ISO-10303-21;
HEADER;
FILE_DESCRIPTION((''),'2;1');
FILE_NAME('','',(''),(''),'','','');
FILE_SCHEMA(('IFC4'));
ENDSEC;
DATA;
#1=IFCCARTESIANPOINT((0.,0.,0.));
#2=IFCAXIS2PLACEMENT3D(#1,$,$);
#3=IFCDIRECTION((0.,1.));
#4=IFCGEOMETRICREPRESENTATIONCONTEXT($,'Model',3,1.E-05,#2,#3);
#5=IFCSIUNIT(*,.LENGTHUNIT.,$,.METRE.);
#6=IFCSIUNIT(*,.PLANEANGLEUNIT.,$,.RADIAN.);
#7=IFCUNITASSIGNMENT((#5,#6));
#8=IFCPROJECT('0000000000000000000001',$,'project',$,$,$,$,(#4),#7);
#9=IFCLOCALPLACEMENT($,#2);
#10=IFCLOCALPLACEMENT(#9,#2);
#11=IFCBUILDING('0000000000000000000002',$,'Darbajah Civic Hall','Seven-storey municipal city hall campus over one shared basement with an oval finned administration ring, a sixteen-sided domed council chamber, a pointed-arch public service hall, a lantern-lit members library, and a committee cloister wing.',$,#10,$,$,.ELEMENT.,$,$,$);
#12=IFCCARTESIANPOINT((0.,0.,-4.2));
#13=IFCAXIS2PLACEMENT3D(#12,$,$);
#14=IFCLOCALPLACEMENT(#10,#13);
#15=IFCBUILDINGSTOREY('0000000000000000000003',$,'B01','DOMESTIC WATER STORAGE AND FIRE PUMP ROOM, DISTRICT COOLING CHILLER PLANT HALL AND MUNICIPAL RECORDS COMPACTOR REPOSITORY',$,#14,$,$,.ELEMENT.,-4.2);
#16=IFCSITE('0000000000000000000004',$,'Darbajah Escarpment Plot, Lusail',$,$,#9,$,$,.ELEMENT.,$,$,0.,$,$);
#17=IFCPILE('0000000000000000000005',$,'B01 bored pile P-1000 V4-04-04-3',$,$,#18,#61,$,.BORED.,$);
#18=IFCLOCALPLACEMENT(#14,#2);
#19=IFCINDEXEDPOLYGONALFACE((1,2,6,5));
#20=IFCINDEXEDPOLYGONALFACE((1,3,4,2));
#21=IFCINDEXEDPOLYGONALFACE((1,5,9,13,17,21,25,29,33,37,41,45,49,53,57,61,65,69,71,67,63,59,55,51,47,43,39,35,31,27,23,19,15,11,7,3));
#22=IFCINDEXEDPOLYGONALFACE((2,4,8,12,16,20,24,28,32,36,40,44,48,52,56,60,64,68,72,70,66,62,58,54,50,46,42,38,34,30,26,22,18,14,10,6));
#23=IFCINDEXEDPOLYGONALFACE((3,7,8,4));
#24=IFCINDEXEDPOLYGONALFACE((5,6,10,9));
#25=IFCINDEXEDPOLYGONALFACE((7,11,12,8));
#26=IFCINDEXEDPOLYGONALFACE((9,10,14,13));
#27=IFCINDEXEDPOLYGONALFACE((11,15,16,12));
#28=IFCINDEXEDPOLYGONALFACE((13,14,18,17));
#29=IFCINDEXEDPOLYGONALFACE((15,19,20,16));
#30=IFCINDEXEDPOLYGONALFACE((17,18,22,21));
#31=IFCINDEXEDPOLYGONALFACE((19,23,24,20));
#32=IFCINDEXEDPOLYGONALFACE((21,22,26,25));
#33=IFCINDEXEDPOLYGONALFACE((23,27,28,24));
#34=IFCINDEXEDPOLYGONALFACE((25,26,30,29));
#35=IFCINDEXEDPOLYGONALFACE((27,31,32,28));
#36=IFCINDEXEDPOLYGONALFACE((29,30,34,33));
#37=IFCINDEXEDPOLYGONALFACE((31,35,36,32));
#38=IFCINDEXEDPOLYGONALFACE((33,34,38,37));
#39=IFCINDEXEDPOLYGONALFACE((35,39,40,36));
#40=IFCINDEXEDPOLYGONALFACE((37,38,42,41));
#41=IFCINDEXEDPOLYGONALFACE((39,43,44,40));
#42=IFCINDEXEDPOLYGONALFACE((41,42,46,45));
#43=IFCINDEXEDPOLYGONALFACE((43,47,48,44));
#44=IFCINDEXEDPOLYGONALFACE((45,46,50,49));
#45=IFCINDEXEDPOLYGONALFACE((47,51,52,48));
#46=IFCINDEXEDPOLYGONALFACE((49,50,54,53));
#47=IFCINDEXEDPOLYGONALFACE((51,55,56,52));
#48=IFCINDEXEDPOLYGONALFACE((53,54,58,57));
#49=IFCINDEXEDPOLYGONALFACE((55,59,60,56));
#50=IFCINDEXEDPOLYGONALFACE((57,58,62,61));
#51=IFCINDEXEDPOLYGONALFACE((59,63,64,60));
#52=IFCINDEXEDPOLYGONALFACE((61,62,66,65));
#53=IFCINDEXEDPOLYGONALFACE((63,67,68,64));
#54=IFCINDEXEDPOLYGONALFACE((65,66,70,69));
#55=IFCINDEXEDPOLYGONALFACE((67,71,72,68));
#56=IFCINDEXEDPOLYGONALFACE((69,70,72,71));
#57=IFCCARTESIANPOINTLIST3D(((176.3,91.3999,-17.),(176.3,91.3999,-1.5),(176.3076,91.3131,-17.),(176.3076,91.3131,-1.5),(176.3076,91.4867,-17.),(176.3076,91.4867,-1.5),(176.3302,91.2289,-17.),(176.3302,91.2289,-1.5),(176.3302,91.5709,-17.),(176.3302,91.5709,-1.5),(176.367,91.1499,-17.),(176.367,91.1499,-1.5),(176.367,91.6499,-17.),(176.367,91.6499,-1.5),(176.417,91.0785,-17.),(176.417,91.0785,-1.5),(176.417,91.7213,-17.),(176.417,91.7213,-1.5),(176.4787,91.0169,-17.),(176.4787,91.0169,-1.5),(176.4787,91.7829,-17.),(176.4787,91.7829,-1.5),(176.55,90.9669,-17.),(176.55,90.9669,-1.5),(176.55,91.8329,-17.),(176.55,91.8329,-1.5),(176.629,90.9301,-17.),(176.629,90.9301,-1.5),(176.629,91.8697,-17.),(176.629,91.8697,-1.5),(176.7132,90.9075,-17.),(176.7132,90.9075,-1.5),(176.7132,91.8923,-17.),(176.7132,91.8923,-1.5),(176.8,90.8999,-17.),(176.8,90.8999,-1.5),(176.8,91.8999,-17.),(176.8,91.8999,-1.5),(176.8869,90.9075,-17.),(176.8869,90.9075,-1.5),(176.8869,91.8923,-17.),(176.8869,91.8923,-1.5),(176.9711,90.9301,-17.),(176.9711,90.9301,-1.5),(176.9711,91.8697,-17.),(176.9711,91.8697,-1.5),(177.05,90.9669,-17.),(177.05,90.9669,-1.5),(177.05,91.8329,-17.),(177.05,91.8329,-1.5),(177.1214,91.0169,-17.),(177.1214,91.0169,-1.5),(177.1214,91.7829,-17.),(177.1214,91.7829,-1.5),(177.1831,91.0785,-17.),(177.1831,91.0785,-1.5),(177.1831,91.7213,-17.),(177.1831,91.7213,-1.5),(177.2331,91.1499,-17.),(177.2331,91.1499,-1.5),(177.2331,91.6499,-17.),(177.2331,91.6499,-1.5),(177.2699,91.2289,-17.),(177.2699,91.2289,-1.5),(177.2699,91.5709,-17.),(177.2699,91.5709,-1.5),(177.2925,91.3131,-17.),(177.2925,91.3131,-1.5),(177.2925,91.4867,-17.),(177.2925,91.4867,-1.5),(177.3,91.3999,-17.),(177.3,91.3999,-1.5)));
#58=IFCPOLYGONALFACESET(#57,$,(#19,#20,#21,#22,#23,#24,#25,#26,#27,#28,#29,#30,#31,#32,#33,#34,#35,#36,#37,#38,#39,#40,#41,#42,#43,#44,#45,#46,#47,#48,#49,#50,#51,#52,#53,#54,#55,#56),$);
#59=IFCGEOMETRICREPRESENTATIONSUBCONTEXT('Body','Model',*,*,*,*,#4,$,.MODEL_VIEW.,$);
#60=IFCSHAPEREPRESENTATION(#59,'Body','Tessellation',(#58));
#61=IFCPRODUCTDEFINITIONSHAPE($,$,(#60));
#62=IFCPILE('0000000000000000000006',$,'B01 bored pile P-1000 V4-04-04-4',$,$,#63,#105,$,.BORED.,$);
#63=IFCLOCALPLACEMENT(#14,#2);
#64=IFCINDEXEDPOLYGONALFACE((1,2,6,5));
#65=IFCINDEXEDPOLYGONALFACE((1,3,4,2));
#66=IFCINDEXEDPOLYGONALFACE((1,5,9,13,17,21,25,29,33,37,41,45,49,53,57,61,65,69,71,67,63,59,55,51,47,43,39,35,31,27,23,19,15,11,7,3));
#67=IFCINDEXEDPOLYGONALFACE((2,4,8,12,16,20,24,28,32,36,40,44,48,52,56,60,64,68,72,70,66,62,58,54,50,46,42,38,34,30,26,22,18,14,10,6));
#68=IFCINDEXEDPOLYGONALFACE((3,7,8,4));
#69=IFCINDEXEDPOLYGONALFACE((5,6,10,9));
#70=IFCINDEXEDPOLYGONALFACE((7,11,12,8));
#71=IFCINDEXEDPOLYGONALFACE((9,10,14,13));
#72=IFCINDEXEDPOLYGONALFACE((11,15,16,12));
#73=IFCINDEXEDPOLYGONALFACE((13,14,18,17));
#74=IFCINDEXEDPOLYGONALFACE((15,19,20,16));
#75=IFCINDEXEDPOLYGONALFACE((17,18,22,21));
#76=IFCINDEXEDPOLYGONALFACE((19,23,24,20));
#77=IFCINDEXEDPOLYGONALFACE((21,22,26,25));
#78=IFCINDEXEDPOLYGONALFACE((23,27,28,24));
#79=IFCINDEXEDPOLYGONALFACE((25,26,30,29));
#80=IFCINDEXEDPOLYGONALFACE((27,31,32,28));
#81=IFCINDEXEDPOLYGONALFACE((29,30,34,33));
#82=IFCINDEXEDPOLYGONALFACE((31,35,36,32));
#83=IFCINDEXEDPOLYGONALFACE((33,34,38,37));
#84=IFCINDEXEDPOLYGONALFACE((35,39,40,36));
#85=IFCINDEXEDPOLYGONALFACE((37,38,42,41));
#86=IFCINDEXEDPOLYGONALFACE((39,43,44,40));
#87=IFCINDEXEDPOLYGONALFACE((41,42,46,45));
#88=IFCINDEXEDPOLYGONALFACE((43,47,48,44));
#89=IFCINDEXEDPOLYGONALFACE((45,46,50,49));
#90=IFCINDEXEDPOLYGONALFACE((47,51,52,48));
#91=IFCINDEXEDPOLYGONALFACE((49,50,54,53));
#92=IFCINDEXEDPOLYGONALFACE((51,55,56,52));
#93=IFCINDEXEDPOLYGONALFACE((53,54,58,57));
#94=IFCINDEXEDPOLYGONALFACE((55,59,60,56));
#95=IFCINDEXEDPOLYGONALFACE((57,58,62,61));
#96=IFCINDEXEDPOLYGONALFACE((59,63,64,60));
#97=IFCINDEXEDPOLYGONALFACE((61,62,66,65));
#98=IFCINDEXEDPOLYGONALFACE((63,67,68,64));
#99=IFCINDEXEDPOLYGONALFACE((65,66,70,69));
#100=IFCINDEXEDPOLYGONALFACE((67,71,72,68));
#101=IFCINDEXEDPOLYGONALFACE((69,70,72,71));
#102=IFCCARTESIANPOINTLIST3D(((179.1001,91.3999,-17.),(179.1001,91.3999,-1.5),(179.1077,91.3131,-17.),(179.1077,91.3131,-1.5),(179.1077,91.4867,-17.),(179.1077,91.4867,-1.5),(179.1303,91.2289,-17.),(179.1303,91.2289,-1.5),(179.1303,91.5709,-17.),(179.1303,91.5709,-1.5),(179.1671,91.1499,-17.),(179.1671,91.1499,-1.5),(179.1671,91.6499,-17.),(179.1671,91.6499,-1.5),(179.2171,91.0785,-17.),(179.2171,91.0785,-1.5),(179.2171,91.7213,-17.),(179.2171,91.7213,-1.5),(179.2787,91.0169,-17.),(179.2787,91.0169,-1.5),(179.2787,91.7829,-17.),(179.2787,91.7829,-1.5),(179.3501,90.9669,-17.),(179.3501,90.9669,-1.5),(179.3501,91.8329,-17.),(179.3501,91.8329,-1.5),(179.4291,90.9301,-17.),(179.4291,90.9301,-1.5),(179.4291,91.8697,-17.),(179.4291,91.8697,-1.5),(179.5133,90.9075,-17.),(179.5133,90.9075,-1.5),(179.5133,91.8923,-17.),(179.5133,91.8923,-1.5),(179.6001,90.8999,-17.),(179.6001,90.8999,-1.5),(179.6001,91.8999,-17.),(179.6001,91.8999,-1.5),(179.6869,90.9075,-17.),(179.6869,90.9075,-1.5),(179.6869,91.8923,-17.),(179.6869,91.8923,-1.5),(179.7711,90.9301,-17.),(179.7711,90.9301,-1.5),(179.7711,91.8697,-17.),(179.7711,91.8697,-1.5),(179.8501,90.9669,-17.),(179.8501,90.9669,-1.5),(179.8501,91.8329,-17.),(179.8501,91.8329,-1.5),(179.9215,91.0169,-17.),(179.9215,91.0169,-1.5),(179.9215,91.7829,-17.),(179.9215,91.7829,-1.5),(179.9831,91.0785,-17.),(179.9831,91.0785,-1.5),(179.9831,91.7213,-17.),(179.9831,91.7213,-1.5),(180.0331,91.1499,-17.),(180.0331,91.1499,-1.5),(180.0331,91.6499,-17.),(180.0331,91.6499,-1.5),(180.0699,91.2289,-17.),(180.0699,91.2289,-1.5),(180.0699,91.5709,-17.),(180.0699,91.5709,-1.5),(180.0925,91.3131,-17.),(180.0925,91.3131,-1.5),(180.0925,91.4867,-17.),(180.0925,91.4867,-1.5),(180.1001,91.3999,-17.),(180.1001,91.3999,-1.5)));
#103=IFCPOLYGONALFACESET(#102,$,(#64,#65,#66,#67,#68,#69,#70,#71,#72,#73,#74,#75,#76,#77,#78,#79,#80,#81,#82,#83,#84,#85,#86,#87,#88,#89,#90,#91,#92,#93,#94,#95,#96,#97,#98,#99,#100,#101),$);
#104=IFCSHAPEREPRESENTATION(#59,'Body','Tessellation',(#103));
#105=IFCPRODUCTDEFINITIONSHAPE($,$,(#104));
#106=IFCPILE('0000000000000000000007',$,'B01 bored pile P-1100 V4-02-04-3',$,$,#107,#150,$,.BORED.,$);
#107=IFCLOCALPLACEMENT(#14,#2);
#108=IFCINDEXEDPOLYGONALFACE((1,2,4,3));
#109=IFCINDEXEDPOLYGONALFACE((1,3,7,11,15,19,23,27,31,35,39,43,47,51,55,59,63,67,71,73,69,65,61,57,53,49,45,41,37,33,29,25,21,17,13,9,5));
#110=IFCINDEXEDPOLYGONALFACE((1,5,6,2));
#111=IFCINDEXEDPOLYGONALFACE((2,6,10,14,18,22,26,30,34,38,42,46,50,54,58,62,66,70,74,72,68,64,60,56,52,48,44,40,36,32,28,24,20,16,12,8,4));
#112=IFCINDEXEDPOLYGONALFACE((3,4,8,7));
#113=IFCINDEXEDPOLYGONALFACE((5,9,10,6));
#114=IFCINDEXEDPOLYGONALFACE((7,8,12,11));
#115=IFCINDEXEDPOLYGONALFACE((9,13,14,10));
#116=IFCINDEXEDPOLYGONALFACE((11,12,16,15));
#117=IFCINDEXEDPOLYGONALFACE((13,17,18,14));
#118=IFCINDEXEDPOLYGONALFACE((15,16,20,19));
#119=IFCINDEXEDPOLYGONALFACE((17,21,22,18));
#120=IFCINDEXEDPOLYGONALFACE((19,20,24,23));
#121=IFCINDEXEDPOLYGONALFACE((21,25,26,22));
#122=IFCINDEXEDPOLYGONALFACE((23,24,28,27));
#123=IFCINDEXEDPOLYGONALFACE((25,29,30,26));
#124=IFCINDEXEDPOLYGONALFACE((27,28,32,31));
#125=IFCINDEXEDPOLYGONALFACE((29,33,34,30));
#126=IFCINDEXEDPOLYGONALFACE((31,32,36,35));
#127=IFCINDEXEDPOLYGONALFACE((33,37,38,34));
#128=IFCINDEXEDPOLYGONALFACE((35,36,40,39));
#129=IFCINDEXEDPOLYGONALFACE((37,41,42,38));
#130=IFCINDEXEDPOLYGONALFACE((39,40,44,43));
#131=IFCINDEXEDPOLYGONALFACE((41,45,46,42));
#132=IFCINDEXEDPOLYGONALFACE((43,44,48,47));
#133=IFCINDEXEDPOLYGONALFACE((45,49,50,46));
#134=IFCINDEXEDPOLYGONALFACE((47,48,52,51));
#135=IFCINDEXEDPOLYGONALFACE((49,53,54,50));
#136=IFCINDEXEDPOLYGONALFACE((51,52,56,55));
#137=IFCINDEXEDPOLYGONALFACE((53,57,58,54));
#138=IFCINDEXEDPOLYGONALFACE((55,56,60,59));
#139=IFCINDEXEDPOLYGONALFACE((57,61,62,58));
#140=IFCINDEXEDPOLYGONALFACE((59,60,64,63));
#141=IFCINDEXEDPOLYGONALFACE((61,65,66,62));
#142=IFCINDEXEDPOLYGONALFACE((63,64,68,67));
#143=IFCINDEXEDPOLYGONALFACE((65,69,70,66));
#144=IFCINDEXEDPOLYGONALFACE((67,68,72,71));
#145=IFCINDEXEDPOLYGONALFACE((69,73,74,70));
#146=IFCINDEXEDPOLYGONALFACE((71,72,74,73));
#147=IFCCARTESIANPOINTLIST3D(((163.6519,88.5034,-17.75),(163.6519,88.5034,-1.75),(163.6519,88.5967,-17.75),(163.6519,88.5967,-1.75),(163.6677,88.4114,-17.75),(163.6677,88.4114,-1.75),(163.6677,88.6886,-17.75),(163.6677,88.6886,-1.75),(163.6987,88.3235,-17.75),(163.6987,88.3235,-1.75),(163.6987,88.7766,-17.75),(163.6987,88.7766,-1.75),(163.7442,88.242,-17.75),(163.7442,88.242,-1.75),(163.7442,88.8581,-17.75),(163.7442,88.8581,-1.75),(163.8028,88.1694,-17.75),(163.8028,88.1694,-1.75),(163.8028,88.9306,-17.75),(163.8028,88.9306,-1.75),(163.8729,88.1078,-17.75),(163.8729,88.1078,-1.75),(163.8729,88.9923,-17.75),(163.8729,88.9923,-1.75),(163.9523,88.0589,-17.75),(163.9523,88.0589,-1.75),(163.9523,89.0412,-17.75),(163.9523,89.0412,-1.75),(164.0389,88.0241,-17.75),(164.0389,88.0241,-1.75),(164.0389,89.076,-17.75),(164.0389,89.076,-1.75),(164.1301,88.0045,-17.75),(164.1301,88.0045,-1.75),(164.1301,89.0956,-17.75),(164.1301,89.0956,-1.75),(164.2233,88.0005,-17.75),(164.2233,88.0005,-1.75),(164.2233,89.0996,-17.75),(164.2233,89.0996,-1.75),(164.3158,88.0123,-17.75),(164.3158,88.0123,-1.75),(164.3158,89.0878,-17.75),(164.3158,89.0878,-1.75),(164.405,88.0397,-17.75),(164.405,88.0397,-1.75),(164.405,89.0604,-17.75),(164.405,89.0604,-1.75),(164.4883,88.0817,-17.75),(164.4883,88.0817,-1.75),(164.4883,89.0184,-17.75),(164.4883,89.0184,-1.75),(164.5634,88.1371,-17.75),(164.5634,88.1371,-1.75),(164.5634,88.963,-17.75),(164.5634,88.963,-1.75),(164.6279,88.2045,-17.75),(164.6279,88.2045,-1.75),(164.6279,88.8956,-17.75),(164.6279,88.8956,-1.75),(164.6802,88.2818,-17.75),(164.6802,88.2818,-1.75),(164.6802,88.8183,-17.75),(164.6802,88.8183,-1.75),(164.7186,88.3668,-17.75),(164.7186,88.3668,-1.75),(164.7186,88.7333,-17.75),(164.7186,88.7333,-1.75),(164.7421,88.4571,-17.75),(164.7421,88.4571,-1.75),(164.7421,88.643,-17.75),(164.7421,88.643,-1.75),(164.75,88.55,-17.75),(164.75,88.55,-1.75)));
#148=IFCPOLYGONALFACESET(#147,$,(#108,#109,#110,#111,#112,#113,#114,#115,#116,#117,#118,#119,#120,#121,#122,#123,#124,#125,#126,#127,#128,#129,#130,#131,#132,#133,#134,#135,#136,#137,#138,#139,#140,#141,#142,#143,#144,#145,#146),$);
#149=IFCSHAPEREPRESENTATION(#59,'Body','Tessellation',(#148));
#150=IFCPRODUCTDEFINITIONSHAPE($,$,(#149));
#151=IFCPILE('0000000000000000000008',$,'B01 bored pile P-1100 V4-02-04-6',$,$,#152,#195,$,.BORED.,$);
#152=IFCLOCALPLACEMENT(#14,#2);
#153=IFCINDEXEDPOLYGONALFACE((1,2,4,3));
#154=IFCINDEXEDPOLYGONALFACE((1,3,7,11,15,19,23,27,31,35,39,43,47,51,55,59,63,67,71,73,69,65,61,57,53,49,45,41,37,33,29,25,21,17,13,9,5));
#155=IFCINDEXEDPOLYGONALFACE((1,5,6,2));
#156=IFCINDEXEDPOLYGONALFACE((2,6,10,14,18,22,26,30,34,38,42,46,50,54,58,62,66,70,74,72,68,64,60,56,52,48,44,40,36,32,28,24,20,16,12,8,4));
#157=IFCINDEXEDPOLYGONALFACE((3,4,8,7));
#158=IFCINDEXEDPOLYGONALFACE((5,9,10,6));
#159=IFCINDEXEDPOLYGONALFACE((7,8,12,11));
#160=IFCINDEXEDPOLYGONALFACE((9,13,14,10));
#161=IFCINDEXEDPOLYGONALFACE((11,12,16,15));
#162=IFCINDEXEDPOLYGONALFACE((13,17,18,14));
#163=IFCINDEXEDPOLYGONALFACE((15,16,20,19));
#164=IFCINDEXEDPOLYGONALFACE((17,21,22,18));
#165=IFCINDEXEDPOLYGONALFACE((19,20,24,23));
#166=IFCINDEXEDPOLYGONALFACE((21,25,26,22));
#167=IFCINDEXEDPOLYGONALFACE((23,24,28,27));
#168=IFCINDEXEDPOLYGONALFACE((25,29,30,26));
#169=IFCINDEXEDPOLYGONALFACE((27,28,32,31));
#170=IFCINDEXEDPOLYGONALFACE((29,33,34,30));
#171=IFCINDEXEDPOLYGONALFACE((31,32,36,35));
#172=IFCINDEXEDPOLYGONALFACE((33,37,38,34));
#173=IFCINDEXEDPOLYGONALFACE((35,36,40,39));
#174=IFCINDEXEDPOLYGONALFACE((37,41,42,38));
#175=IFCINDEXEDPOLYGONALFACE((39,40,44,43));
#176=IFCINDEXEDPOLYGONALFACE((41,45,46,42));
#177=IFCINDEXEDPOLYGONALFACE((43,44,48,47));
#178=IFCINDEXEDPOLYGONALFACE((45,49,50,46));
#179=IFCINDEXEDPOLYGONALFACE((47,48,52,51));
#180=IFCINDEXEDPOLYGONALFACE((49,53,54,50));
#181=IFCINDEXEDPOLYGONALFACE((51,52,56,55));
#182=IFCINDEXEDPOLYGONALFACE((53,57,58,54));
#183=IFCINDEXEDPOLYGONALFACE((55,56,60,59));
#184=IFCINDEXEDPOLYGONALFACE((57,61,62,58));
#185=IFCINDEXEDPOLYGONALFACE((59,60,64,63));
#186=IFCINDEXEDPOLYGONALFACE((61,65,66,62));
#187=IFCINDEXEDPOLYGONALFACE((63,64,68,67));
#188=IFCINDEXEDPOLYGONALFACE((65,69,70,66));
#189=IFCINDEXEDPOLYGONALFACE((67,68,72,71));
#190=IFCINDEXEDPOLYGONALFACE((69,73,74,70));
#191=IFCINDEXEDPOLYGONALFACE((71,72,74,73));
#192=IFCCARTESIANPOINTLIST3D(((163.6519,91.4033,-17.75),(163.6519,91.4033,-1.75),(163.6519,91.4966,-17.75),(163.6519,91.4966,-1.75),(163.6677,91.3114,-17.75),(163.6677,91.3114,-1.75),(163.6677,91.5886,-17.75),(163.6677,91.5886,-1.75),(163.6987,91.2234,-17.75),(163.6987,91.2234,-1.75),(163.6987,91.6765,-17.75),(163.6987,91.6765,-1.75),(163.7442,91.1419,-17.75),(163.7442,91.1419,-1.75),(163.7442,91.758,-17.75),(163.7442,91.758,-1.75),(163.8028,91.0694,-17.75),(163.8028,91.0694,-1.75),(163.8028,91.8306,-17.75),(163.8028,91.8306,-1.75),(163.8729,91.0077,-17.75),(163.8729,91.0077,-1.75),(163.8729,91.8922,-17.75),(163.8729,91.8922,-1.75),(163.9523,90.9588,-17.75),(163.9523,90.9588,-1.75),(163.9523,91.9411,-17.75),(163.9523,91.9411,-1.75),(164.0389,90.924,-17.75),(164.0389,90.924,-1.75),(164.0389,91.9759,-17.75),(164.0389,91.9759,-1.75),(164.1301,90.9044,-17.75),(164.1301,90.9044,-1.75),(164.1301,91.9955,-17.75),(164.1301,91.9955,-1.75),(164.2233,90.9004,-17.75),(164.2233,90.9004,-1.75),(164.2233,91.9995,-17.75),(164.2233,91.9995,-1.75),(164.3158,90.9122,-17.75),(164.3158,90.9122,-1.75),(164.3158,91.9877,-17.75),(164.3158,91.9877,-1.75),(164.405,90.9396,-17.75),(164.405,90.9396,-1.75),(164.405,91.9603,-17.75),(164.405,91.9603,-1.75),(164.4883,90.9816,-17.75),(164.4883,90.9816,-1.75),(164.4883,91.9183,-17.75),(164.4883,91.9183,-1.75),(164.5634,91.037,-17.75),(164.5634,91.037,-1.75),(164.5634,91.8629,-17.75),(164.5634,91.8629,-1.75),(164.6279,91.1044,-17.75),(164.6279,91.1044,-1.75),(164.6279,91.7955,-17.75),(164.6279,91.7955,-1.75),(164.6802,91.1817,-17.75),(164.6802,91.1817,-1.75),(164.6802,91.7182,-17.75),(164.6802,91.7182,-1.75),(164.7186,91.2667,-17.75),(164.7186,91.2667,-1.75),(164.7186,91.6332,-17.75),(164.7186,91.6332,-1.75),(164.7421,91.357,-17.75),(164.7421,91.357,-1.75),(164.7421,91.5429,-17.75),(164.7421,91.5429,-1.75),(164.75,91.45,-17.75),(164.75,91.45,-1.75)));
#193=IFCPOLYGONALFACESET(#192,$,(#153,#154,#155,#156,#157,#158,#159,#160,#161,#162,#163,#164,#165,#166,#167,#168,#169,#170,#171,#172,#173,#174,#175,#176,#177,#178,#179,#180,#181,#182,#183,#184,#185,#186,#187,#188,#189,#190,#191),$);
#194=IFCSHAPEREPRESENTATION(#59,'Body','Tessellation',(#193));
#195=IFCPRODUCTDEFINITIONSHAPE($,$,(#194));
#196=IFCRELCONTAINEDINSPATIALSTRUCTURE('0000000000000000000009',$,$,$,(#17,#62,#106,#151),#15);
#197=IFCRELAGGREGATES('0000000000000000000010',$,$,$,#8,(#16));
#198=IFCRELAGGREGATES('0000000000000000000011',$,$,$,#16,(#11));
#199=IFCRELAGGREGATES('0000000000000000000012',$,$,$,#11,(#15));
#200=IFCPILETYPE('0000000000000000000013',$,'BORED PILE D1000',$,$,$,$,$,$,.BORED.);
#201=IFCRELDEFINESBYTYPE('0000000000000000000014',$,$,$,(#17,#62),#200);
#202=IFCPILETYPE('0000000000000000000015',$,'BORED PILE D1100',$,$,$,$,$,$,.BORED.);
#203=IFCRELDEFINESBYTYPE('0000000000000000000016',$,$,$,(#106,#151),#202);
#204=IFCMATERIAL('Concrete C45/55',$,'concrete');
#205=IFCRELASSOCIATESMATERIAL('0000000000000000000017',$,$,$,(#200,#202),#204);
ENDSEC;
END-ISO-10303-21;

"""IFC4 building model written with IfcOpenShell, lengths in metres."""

from ifc_helpers import new_model, si_unit, direction, frame, origin, origin_2d, place, context, subcontext, project, spatial, circle, extrude, material, material_profile, profile_set, type_object, element, save


model = new_model("IFC4")

# Units and contexts
model_context = context("Model", 3, precision=1e-05, world=origin(), true_north=direction((0.0, 1.0)))
body_context = subcontext(model_context, "Body", "Model", "MODEL_VIEW")
ifc_project = project(units=[si_unit("LENGTHUNIT", "METRE"), si_unit("PLANEANGLEUNIT", "RADIAN")], contexts=[model_context])

# Site, building, storey
site_placement = place(None, origin())
site = spatial("IfcSite", under=ifc_project, at=site_placement, Name="Darbajah Escarpment Plot, Lusail", CompositionType="ELEMENT", RefElevation=0.0)
building_placement = place(site_placement, origin())
building = spatial("IfcBuilding", under=site, at=building_placement, Name="Darbajah Civic Hall", Description="Seven-storey municipal city hall campus over one shared basement with an oval finned administration ring, a sixteen-sided domed council chamber, a pointed-arch public service hall, a lantern-lit members library, and a committee cloister wing.", CompositionType="ELEMENT")
storey_placement = place(building_placement, frame((0.0, 0.0, -4.2)))
storey = spatial("IfcBuildingStorey", under=building, at=storey_placement, Name="B01", Description="DOMESTIC WATER STORAGE AND FIRE PUMP ROOM, DISTRICT COOLING CHILLER PLANT HALL AND MUNICIPAL RECORDS COMPACTOR REPOSITORY", CompositionType="ELEMENT", Elevation=-4.2)

# Piles
ifc_material_1 = material(Name="Concrete C45/55", Category="concrete")
ifc_material_profile_1 = material_profile(ifc_material_1, circle(Radius=0.5, at=origin_2d()), Name="BORED PILE D1000")
ifc_profile_set_1 = profile_set([ifc_material_profile_1], Name="Concrete C45/55")
pile_type_1 = type_object("IfcPileType", Name="BORED PILE D1000", PredefinedType="BORED", material=ifc_profile_set_1)
for number, where, z_axis, x_axis, name in (
    (1, (176.8, 91.3999, -1.5), (0.0, 0.0, -1.0), (1.0, 0.0, 0.0), "B01 bored pile P-1000 V4-04-04-3"),
    (2, (179.6001, 91.3999, -1.5), (0.0, 0.0, -1.0), (1.0, 0.0, 0.0), "B01 bored pile P-1000 V4-04-04-4"),
):
    element("IfcPile", number, at=place(storey_placement, frame(where, z_axis=z_axis, x_axis=x_axis)), inside=storey, type_object=pile_type_1, Name=name, PredefinedType="BORED", context=body_context, shape_type="SweptSolid", body=[
        extrude(circle(Radius=0.5, at=origin_2d()), origin(), (0.0, 0.0, 1.0), 15.5),
    ])
ifc_material_profile_2 = material_profile(ifc_material_1, circle(Radius=0.55, at=origin_2d()), Name="BORED PILE D1100")
ifc_profile_set_2 = profile_set([ifc_material_profile_2], Name="Concrete C45/55")
pile_type_2 = type_object("IfcPileType", Name="BORED PILE D1100", PredefinedType="BORED", material=ifc_profile_set_2)
for number, where, z_axis, x_axis, name in (
    (3, (164.2, 88.55, -1.75), (0.0, 0.0, -1.0), (1.0, 0.0, 0.0), "B01 bored pile P-1100 V4-02-04-3"),
    (4, (164.2, 91.45, -1.75), (0.0, 0.0, -1.0), (1.0, 0.0, 0.0), "B01 bored pile P-1100 V4-02-04-6"),
):
    element("IfcPile", number, at=place(storey_placement, frame(where, z_axis=z_axis, x_axis=x_axis)), inside=storey, type_object=pile_type_2, Name=name, PredefinedType="BORED", context=body_context, shape_type="SweptSolid", body=[
        extrude(circle(Radius=0.55, at=origin_2d()), origin(), (0.0, 0.0, 1.0), 16.0),
    ])

save(model, "model.ifc")
